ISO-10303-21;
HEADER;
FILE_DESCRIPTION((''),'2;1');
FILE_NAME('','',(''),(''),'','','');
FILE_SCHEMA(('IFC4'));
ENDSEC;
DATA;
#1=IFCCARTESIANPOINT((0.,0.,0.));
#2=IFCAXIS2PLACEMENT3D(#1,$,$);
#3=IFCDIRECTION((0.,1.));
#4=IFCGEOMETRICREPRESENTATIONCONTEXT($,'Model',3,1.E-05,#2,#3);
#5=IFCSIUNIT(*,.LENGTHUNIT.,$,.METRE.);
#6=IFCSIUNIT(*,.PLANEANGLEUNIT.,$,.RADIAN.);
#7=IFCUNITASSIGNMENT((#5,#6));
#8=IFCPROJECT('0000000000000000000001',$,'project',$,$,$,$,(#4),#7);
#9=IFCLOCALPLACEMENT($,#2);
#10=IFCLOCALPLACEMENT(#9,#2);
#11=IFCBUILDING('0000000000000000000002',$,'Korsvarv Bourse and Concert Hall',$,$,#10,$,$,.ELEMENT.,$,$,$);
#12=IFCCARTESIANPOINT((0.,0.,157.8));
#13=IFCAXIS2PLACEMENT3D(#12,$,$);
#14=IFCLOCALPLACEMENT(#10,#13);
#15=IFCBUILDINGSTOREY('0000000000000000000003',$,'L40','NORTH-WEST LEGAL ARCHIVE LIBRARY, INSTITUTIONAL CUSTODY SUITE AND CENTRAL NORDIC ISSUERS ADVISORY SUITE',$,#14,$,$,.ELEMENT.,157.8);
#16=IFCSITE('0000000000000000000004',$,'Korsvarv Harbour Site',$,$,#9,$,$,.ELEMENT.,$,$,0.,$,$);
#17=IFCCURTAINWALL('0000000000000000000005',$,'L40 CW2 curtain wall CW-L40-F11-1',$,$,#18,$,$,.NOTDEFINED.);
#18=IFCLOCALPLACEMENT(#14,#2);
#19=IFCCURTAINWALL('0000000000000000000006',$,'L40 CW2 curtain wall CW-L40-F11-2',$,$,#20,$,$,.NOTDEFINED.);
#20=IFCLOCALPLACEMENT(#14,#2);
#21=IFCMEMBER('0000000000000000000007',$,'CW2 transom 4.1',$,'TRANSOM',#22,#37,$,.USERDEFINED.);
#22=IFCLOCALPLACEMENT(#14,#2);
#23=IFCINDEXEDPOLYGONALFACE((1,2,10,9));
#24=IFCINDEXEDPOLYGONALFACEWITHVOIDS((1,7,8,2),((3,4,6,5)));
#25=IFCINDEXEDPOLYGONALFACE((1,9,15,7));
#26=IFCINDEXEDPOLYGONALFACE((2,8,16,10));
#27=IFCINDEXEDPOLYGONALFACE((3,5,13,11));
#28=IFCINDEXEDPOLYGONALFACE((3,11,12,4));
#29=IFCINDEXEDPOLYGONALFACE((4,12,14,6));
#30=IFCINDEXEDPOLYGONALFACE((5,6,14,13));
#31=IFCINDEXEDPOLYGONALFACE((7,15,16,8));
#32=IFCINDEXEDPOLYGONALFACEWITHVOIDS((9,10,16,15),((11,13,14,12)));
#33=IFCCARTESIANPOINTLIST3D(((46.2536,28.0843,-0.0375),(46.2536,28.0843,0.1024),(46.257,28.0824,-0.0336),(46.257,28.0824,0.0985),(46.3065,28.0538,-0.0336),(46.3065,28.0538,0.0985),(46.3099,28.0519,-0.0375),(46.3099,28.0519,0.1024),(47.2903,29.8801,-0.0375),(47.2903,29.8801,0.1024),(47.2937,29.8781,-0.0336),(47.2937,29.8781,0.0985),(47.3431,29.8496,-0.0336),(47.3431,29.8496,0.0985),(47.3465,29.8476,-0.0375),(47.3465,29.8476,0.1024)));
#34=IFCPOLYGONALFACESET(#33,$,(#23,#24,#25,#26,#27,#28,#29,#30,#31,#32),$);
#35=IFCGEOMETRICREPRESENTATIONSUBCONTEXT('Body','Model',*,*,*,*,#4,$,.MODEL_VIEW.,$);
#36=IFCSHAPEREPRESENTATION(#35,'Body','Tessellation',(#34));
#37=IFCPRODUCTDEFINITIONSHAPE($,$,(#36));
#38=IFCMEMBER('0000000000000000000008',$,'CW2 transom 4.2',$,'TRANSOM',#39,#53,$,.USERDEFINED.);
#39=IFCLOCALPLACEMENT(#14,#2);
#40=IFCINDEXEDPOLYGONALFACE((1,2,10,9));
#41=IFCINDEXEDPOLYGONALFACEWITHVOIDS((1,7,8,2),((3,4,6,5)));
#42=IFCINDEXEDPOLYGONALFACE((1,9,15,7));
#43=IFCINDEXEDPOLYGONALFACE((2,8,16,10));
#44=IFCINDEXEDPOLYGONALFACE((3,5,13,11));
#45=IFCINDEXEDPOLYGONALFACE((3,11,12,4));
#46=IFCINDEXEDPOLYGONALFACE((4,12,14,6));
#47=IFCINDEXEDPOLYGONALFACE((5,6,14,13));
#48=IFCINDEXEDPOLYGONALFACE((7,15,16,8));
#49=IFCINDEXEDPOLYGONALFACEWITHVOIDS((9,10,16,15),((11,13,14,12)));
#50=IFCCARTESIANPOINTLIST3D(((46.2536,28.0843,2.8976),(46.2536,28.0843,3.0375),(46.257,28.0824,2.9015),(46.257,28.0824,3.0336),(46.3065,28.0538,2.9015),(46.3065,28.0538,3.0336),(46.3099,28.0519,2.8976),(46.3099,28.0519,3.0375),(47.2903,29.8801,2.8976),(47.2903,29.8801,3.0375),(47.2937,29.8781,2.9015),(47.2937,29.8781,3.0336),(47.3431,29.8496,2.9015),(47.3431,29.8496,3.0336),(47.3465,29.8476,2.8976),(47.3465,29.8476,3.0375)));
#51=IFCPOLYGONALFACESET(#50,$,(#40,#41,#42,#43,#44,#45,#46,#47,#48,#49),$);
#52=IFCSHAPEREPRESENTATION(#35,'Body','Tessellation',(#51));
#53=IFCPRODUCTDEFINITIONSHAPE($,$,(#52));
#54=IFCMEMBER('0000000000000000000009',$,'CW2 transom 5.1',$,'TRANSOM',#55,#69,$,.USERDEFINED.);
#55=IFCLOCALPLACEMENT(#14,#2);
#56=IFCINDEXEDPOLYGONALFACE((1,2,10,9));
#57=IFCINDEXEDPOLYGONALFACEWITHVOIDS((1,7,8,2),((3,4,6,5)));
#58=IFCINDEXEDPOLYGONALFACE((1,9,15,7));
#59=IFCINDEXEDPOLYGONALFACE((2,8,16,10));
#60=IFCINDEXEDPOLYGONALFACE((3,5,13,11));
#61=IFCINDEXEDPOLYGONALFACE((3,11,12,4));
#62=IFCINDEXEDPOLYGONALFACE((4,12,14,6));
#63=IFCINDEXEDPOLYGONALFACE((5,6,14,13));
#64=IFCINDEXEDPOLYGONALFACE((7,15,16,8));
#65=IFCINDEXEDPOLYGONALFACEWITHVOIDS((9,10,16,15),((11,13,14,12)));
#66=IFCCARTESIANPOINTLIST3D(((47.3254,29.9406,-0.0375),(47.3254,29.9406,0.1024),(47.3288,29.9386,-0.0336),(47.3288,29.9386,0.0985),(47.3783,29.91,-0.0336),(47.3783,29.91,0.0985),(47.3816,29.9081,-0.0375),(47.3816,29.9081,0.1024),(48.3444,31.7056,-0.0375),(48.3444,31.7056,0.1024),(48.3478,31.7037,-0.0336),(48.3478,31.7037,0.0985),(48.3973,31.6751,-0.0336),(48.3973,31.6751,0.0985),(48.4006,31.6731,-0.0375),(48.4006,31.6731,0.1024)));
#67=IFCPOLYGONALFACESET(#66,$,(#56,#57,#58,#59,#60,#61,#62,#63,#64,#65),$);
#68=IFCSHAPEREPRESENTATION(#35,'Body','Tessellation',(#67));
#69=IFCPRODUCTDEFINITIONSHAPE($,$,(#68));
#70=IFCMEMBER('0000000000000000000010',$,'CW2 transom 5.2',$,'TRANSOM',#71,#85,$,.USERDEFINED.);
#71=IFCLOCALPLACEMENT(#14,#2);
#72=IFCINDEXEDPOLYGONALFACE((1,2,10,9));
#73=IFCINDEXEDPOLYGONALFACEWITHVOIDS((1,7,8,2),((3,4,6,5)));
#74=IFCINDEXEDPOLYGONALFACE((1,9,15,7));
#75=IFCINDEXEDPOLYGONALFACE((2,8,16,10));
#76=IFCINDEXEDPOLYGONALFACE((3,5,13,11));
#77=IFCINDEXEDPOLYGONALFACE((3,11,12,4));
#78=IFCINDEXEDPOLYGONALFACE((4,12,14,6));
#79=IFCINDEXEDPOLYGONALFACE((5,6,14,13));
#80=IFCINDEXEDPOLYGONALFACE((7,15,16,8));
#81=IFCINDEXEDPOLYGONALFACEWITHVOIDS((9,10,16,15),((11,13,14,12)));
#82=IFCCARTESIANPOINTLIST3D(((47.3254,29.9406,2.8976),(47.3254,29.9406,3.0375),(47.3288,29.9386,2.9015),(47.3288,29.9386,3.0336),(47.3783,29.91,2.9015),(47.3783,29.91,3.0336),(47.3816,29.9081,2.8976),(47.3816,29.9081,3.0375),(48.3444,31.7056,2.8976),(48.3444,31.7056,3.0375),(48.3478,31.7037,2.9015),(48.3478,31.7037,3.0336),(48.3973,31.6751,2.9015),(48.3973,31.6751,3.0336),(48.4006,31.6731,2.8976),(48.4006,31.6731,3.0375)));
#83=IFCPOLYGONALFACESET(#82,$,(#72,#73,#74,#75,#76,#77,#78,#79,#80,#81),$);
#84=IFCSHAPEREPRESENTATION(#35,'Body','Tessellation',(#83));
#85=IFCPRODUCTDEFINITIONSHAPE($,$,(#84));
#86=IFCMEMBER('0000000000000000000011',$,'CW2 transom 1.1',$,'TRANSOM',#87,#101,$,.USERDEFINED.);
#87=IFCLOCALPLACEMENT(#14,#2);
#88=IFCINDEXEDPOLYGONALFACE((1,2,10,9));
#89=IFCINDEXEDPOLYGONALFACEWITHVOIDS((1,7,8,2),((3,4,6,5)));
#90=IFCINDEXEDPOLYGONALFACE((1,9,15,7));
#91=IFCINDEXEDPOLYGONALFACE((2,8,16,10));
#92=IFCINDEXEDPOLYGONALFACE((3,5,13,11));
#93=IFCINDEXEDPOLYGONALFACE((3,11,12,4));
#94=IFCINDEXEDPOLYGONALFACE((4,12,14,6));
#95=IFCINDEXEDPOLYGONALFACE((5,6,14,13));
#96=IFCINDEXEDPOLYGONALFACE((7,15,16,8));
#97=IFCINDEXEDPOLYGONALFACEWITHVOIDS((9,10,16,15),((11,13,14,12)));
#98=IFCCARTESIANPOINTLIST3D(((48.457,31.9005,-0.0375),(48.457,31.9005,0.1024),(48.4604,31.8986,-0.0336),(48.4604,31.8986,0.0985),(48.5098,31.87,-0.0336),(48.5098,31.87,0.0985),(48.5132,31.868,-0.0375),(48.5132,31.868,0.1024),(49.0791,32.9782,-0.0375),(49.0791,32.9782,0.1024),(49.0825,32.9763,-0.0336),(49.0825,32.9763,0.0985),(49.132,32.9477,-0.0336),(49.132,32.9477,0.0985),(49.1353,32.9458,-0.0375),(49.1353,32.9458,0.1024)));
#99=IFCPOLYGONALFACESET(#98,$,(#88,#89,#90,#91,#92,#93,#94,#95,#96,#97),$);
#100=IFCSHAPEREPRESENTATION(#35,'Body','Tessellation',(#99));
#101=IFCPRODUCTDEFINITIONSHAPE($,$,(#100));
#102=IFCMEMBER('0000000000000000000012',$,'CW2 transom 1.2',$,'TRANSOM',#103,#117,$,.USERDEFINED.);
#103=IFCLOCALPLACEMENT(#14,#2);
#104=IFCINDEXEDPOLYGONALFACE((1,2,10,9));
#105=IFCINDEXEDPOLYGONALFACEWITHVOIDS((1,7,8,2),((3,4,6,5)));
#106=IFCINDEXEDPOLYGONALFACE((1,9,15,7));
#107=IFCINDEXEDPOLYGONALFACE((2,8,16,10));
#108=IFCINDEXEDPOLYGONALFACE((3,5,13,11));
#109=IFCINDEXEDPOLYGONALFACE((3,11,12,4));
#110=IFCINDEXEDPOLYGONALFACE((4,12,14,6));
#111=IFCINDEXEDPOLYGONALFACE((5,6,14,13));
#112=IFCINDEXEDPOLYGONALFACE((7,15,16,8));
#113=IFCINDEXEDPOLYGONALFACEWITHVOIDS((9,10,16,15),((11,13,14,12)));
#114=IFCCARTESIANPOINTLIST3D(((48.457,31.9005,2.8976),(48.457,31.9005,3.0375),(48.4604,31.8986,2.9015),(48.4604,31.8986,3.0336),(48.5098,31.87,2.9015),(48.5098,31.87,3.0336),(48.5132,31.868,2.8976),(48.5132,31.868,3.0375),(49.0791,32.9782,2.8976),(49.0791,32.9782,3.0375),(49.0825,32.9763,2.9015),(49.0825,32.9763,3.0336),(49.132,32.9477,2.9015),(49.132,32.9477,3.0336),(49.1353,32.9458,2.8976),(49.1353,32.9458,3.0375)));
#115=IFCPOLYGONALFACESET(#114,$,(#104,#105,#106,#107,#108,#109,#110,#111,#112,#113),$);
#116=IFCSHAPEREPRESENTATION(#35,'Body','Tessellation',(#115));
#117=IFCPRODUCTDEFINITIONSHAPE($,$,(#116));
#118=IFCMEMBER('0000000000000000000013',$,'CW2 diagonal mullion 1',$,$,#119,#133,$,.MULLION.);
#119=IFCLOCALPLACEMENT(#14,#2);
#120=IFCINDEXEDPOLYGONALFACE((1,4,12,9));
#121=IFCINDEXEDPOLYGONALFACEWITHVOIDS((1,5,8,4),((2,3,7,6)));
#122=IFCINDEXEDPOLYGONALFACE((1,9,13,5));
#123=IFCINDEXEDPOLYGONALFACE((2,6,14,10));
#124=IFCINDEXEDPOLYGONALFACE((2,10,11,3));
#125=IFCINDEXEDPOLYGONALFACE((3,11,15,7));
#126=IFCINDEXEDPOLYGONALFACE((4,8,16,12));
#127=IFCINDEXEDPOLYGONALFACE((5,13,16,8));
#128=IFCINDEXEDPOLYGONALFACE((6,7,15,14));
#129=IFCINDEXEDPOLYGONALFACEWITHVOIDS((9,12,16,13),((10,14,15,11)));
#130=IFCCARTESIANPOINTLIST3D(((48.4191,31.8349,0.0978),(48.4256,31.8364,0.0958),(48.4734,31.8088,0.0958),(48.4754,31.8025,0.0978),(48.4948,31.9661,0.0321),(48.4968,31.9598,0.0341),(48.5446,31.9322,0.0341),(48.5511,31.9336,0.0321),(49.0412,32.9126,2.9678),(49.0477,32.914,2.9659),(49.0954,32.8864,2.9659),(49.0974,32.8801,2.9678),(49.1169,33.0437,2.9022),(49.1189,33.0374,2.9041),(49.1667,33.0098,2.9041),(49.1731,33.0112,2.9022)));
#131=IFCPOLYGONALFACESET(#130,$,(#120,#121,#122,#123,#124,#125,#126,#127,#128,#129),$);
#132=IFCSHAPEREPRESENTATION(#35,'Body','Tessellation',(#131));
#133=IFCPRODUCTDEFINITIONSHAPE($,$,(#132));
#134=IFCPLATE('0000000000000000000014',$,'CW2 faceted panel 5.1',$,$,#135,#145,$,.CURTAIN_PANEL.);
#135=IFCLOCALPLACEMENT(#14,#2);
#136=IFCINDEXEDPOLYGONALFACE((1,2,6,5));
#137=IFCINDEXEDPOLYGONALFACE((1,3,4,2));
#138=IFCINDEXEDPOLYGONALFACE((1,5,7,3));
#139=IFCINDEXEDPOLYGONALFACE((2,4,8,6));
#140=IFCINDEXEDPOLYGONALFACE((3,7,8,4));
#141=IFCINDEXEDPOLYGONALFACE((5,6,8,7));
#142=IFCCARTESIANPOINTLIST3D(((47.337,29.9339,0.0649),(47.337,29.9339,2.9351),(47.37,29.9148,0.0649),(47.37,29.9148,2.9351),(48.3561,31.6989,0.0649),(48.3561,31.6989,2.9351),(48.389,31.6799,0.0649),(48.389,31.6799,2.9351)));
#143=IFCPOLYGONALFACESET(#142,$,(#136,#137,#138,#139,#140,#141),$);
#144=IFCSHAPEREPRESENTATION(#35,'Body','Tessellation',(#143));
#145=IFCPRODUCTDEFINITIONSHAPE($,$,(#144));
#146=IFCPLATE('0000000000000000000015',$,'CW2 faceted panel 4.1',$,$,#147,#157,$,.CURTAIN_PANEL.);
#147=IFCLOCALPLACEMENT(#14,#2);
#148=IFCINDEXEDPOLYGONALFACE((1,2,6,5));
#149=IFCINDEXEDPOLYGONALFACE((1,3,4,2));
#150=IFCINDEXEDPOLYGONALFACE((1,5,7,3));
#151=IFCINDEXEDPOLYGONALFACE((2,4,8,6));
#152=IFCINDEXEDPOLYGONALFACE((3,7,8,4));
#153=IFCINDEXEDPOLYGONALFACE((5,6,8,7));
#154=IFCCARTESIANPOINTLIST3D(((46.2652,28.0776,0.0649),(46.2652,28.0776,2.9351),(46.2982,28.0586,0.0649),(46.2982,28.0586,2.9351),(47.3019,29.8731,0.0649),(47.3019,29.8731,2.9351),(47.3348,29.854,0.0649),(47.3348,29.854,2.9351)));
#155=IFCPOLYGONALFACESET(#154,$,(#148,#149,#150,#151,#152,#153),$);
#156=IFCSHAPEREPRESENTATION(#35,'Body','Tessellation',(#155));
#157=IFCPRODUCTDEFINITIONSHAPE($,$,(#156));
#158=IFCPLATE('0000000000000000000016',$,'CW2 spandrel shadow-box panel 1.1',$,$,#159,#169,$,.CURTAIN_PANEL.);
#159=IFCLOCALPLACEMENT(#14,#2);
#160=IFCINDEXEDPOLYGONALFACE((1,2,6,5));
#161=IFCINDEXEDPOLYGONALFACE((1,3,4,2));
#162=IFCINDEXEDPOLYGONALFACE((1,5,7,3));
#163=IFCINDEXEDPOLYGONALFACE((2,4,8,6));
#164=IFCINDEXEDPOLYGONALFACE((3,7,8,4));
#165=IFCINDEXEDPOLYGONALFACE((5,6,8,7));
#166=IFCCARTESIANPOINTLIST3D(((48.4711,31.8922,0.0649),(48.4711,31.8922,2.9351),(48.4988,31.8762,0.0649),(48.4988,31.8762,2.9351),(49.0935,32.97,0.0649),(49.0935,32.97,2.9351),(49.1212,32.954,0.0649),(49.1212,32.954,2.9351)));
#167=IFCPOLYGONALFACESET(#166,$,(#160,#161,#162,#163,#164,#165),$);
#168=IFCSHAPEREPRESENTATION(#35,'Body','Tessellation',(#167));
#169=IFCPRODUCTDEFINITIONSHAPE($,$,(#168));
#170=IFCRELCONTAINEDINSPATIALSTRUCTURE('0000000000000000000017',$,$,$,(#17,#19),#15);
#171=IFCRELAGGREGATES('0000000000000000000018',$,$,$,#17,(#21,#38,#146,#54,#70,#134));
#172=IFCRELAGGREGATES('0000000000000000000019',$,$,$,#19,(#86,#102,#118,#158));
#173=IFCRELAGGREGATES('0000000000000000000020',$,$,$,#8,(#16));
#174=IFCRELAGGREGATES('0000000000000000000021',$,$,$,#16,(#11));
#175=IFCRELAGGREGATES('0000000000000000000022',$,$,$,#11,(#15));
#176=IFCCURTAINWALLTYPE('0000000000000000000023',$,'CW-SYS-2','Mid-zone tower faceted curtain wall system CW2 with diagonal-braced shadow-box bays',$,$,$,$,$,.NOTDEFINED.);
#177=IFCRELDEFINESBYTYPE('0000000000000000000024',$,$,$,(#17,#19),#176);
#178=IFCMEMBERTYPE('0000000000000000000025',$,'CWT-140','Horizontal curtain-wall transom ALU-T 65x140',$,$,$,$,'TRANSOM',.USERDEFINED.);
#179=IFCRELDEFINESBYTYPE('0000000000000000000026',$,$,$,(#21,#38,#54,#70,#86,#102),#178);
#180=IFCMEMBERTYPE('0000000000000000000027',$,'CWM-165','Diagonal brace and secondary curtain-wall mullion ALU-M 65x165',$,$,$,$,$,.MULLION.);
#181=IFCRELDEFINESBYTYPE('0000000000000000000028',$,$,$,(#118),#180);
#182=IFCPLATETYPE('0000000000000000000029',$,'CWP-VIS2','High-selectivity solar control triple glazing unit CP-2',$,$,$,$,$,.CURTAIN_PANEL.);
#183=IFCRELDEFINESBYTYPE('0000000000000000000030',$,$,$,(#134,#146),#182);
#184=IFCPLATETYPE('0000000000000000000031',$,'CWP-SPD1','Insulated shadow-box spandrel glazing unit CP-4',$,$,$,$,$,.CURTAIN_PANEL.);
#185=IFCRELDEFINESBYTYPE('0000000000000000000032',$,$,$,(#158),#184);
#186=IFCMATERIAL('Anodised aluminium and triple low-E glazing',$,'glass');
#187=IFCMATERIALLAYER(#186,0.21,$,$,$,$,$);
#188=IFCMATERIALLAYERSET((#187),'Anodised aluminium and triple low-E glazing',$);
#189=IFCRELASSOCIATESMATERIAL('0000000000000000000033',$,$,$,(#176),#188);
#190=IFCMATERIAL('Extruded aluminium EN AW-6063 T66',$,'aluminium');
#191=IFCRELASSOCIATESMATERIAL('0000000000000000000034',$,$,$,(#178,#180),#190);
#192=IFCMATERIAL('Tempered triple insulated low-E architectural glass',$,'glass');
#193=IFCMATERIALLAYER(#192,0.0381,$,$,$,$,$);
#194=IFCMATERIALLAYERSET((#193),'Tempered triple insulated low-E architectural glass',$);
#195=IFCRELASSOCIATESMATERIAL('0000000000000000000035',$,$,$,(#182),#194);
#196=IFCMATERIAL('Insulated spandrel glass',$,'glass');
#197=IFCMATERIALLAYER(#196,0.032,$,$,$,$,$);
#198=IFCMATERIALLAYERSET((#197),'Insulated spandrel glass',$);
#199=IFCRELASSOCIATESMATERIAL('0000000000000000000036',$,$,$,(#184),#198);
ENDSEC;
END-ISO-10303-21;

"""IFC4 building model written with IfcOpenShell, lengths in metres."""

from ifc_helpers import new_model, si_unit, direction, frame, origin, origin_2d, place, context, subcontext, project, spatial, rectangle, hollow_rectangle, extrude, source, transform, mapped, material, layer, layer_set, material_profile, profile_set, type_object, element, aggregate, save


model = new_model("IFC4")

# Units and contexts
model_context = context("Model", 3, precision=1e-05, world=origin(), true_north=direction((0.0, 1.0)))
body_context = subcontext(model_context, "Body", "Model", "MODEL_VIEW")
ifc_project = project(units=[si_unit("LENGTHUNIT", "METRE"), si_unit("PLANEANGLEUNIT", "RADIAN")], contexts=[model_context])

# Site, building, storey
site_placement = place(None, origin())
site = spatial("IfcSite", under=ifc_project, at=site_placement, Name="Korsvarv Harbour Site", CompositionType="ELEMENT", RefElevation=0.0)
building_placement = place(site_placement, origin())
building = spatial("IfcBuilding", under=site, at=building_placement, Name="Korsvarv Bourse and Concert Hall", CompositionType="ELEMENT")
storey_placement = place(building_placement, frame((0.0, 0.0, 157.8)))
storey = spatial("IfcBuildingStorey", under=building, at=storey_placement, Name="L40", Description="NORTH-WEST LEGAL ARCHIVE LIBRARY, INSTITUTIONAL CUSTODY SUITE AND CENTRAL NORDIC ISSUERS ADVISORY SUITE", CompositionType="ELEMENT", Elevation=157.8)

# Curtain wall
ifc_material_1 = material(Name="Anodised aluminium and triple low-E glazing", Category="glass")
ifc_layer_1 = layer(ifc_material_1, 0.21)
ifc_layer_set_1 = layer_set([ifc_layer_1], Name="Anodised aluminium and triple low-E glazing")
curtain_wall_type = type_object("IfcCurtainWallType", Name="CW-SYS-2", Description="Mid-zone tower faceted curtain wall system CW2 with diagonal-braced shadow-box bays", PredefinedType="NOTDEFINED", material=ifc_layer_set_1)
curtain_wall_1_placement = place(storey_placement, origin())
curtain_wall_1 = element("IfcCurtainWall", 1, at=curtain_wall_1_placement, inside=storey, type_object=curtain_wall_type, Name="L40 CW2 curtain wall CW-L40-F11-1", PredefinedType="NOTDEFINED")
ifc_material_2 = material(Name="Extruded aluminium EN AW-6063 T66", Category="aluminium")

# Curtain wall
curtain_wall_2_placement = place(storey_placement, origin())
curtain_wall_2 = element("IfcCurtainWall", 2, at=curtain_wall_2_placement, inside=storey, type_object=curtain_wall_type, Name="L40 CW2 curtain wall CW-L40-F11-2", PredefinedType="NOTDEFINED")

# Members
ifc_material_profile_1 = material_profile(ifc_material_2, hollow_rectangle(XDim=0.0649, YDim=0.1399, WallThickness=0.0039, at=origin_2d()), Name="ALU-T 65x140")
ifc_profile_set_1 = profile_set([ifc_material_profile_1], Name="Extruded aluminium EN AW-6063 T66")
member_type_1 = type_object("IfcMemberType", Name="CWT-140", Description="Horizontal curtain-wall transom ALU-T 65x140", ElementType="TRANSOM", PredefinedType="USERDEFINED", material=ifc_profile_set_1)
shared_shape_1 = source(origin(), body_context, "Body", "SweptSolid", [
    extrude(hollow_rectangle(XDim=0.0649, YDim=0.1399, WallThickness=0.0039, at=origin_2d()), origin(), (0.0, 0.0, 1.0), 2.0735),
])
member_1_placement = place(storey_placement, frame((46.2817, 28.0681, 0.0325), z_axis=(0.499964, 0.866046, 0.0), x_axis=(-0.866046, 0.499964, 0.0)))
member_1 = element("IfcMember", 3, at=member_1_placement, type_object=member_type_1, Name="CW2 transom 4.1", ObjectType="TRANSOM", PredefinedType="USERDEFINED", context=body_context, shape_type="MappedRepresentation", body=[
    mapped(shared_shape_1, transform((0.0, 0.0, 0.0), scale=1.0)),
])
member_2_placement = place(storey_placement, frame((46.2817, 28.0681, 2.9675), z_axis=(0.499964, 0.866046, 0.0), x_axis=(-0.866046, 0.499964, 0.0)))
member_2 = element("IfcMember", 4, at=member_2_placement, type_object=member_type_1, Name="CW2 transom 4.2", ObjectType="TRANSOM", PredefinedType="USERDEFINED", context=body_context, shape_type="MappedRepresentation", body=[
    mapped(shared_shape_1, transform((0.0, 0.0, 0.0), scale=1.0)),
])
shared_shape_2 = source(origin(), body_context, "Body", "SweptSolid", [
    extrude(hollow_rectangle(XDim=0.0649, YDim=0.1399, WallThickness=0.0039, at=origin_2d()), origin(), (0.0, 0.0, 1.0), 2.0381),
])
member_3_placement = place(storey_placement, frame((47.3535, 29.9243, 0.0325), z_axis=(0.499978, 0.866038, 0.0), x_axis=(-0.866038, 0.499978, 0.0)))
member_3 = element("IfcMember", 5, at=member_3_placement, type_object=member_type_1, Name="CW2 transom 5.1", ObjectType="TRANSOM", PredefinedType="USERDEFINED", context=body_context, shape_type="MappedRepresentation", body=[
    mapped(shared_shape_2, transform((0.0, 0.0, 0.0), scale=1.0)),
])
member_4_placement = place(storey_placement, frame((47.3535, 29.9243, 2.9675), z_axis=(0.499978, 0.866038, 0.0), x_axis=(-0.866038, 0.499978, 0.0)))
member_4 = element("IfcMember", 6, at=member_4_placement, type_object=member_type_1, Name="CW2 transom 5.2", ObjectType="TRANSOM", PredefinedType="USERDEFINED", context=body_context, shape_type="MappedRepresentation", body=[
    mapped(shared_shape_2, transform((0.0, 0.0, 0.0), scale=1.0)),
])
shared_shape_3 = source(origin(), body_context, "Body", "SweptSolid", [
    extrude(hollow_rectangle(XDim=0.0649, YDim=0.1399, WallThickness=0.0039, at=origin_2d()), origin(), (0.0, 0.0, 1.0), 1.2444),
])
member_5_placement = place(storey_placement, frame((48.4851, 31.8843, 0.0325), z_axis=(0.499938, 0.866061, 0.0), x_axis=(-0.866061, 0.499938, 0.0)))
member_5 = element("IfcMember", 7, at=member_5_placement, type_object=member_type_1, Name="CW2 transom 1.1", ObjectType="TRANSOM", PredefinedType="USERDEFINED", context=body_context, shape_type="MappedRepresentation", body=[
    mapped(shared_shape_3, transform((0.0, 0.0, 0.0), scale=1.0)),
])
member_6_placement = place(storey_placement, frame((48.4851, 31.8843, 2.9675), z_axis=(0.499938, 0.866061, 0.0), x_axis=(-0.866061, 0.499938, 0.0)))
member_6 = element("IfcMember", 8, at=member_6_placement, type_object=member_type_1, Name="CW2 transom 1.2", ObjectType="TRANSOM", PredefinedType="USERDEFINED", context=body_context, shape_type="MappedRepresentation", body=[
    mapped(shared_shape_3, transform((0.0, 0.0, 0.0), scale=1.0)),
])
ifc_material_profile_2 = material_profile(ifc_material_2, hollow_rectangle(XDim=0.0649, YDim=0.165, WallThickness=0.0049, at=origin_2d()), Name="ALU-M 65x165")
ifc_profile_set_2 = profile_set([ifc_material_profile_2], Name="Extruded aluminium EN AW-6063 T66")
member_type_2 = type_object("IfcMemberType", Name="CWM-165", Description="Diagonal brace and secondary curtain-wall mullion ALU-M 65x165", PredefinedType="MULLION", material=ifc_profile_set_2)
shared_shape_4 = source(origin(), body_context, "Body", "SweptSolid", [
    extrude(hollow_rectangle(XDim=0.0649, YDim=0.165, WallThickness=0.0049, at=origin_2d()), origin(), (0.0, 0.0, 1.0), 3.1282),
])
member_7_placement = place(storey_placement, frame((48.4851, 31.8843, 0.0649), z_axis=(0.198857, 0.344487, 0.917488), x_axis=(-0.866061, 0.499938, 0.0)))
member_7 = element("IfcMember", 9, at=member_7_placement, type_object=member_type_2, Name="CW2 diagonal mullion 1", PredefinedType="MULLION", context=body_context, shape_type="MappedRepresentation", body=[
    mapped(shared_shape_4, transform((0.0, 0.0, 0.0), scale=1.0)),
])

# Plates
ifc_material_3 = material(Name="Tempered triple insulated low-E architectural glass", Category="glass")
ifc_layer_2 = layer(ifc_material_3, 0.0381)
ifc_layer_set_2 = layer_set([ifc_layer_2], Name="Tempered triple insulated low-E architectural glass")
plate_type_1 = type_object("IfcPlateType", Name="CWP-VIS2", Description="High-selectivity solar control triple glazing unit CP-2", PredefinedType="CURTAIN_PANEL", material=ifc_layer_set_2)
shared_shape_5 = source(origin(), body_context, "Body", "SweptSolid", [
    extrude(rectangle(XDim=2.0381, YDim=0.0381, at=origin_2d()), origin(), (0.0, 0.0, 1.0), 2.8701),
])
plate_1_placement = place(storey_placement, frame((47.863, 30.8069, 0.0649), z_axis=(0.0, 0.0, 1.0), x_axis=(0.499998, 0.866026, 0.0)))
plate_1 = element("IfcPlate", 10, at=plate_1_placement, type_object=plate_type_1, Name="CW2 faceted panel 5.1", PredefinedType="CURTAIN_PANEL", context=body_context, shape_type="MappedRepresentation", body=[
    mapped(shared_shape_5, transform((0.0, 0.0, 0.0), scale=1.0)),
])
shared_shape_6 = source(origin(), body_context, "Body", "SweptSolid", [
    extrude(rectangle(XDim=2.0732, YDim=0.0381, at=origin_2d()), origin(), (0.0, 0.0, 1.0), 2.8701),
])
plate_2_placement = place(storey_placement, frame((46.8, 28.9658, 0.0649), z_axis=(0.0, 0.0, 1.0), x_axis=(0.499998, 0.866026, 0.0)))
plate_2 = element("IfcPlate", 11, at=plate_2_placement, type_object=plate_type_1, Name="CW2 faceted panel 4.1", PredefinedType="CURTAIN_PANEL", context=body_context, shape_type="MappedRepresentation", body=[
    mapped(shared_shape_6, transform((0.0, 0.0, 0.0), scale=1.0)),
])
aggregate(curtain_wall_1, [member_1, member_2, plate_2, member_3, member_4, plate_1])
ifc_material_4 = material(Name="Insulated spandrel glass", Category="glass")
ifc_layer_3 = layer(ifc_material_4, 0.032)
ifc_layer_set_3 = layer_set([ifc_layer_3], Name="Insulated spandrel glass")
plate_type_2 = type_object("IfcPlateType", Name="CWP-SPD1", Description="Insulated shadow-box spandrel glazing unit CP-4", PredefinedType="CURTAIN_PANEL", material=ifc_layer_set_3)
shared_shape_7 = source(origin(), body_context, "Body", "SweptSolid", [
    extrude(rectangle(XDim=1.2446, YDim=0.032, at=origin_2d()), origin(), (0.0, 0.0, 1.0), 2.8701),
])
plate_3_placement = place(storey_placement, frame((48.7961, 32.4231, 0.0649), z_axis=(0.0, 0.0, 1.0), x_axis=(0.500031, 0.866008, 0.0)))
plate_3 = element("IfcPlate", 12, at=plate_3_placement, type_object=plate_type_2, Name="CW2 spandrel shadow-box panel 1.1", PredefinedType="CURTAIN_PANEL", context=body_context, shape_type="MappedRepresentation", body=[
    mapped(shared_shape_7, transform((0.0, 0.0, 0.0), scale=1.0)),
])
aggregate(curtain_wall_2, [member_5, member_6, member_7, plate_3])

save(model, "model.ifc")
